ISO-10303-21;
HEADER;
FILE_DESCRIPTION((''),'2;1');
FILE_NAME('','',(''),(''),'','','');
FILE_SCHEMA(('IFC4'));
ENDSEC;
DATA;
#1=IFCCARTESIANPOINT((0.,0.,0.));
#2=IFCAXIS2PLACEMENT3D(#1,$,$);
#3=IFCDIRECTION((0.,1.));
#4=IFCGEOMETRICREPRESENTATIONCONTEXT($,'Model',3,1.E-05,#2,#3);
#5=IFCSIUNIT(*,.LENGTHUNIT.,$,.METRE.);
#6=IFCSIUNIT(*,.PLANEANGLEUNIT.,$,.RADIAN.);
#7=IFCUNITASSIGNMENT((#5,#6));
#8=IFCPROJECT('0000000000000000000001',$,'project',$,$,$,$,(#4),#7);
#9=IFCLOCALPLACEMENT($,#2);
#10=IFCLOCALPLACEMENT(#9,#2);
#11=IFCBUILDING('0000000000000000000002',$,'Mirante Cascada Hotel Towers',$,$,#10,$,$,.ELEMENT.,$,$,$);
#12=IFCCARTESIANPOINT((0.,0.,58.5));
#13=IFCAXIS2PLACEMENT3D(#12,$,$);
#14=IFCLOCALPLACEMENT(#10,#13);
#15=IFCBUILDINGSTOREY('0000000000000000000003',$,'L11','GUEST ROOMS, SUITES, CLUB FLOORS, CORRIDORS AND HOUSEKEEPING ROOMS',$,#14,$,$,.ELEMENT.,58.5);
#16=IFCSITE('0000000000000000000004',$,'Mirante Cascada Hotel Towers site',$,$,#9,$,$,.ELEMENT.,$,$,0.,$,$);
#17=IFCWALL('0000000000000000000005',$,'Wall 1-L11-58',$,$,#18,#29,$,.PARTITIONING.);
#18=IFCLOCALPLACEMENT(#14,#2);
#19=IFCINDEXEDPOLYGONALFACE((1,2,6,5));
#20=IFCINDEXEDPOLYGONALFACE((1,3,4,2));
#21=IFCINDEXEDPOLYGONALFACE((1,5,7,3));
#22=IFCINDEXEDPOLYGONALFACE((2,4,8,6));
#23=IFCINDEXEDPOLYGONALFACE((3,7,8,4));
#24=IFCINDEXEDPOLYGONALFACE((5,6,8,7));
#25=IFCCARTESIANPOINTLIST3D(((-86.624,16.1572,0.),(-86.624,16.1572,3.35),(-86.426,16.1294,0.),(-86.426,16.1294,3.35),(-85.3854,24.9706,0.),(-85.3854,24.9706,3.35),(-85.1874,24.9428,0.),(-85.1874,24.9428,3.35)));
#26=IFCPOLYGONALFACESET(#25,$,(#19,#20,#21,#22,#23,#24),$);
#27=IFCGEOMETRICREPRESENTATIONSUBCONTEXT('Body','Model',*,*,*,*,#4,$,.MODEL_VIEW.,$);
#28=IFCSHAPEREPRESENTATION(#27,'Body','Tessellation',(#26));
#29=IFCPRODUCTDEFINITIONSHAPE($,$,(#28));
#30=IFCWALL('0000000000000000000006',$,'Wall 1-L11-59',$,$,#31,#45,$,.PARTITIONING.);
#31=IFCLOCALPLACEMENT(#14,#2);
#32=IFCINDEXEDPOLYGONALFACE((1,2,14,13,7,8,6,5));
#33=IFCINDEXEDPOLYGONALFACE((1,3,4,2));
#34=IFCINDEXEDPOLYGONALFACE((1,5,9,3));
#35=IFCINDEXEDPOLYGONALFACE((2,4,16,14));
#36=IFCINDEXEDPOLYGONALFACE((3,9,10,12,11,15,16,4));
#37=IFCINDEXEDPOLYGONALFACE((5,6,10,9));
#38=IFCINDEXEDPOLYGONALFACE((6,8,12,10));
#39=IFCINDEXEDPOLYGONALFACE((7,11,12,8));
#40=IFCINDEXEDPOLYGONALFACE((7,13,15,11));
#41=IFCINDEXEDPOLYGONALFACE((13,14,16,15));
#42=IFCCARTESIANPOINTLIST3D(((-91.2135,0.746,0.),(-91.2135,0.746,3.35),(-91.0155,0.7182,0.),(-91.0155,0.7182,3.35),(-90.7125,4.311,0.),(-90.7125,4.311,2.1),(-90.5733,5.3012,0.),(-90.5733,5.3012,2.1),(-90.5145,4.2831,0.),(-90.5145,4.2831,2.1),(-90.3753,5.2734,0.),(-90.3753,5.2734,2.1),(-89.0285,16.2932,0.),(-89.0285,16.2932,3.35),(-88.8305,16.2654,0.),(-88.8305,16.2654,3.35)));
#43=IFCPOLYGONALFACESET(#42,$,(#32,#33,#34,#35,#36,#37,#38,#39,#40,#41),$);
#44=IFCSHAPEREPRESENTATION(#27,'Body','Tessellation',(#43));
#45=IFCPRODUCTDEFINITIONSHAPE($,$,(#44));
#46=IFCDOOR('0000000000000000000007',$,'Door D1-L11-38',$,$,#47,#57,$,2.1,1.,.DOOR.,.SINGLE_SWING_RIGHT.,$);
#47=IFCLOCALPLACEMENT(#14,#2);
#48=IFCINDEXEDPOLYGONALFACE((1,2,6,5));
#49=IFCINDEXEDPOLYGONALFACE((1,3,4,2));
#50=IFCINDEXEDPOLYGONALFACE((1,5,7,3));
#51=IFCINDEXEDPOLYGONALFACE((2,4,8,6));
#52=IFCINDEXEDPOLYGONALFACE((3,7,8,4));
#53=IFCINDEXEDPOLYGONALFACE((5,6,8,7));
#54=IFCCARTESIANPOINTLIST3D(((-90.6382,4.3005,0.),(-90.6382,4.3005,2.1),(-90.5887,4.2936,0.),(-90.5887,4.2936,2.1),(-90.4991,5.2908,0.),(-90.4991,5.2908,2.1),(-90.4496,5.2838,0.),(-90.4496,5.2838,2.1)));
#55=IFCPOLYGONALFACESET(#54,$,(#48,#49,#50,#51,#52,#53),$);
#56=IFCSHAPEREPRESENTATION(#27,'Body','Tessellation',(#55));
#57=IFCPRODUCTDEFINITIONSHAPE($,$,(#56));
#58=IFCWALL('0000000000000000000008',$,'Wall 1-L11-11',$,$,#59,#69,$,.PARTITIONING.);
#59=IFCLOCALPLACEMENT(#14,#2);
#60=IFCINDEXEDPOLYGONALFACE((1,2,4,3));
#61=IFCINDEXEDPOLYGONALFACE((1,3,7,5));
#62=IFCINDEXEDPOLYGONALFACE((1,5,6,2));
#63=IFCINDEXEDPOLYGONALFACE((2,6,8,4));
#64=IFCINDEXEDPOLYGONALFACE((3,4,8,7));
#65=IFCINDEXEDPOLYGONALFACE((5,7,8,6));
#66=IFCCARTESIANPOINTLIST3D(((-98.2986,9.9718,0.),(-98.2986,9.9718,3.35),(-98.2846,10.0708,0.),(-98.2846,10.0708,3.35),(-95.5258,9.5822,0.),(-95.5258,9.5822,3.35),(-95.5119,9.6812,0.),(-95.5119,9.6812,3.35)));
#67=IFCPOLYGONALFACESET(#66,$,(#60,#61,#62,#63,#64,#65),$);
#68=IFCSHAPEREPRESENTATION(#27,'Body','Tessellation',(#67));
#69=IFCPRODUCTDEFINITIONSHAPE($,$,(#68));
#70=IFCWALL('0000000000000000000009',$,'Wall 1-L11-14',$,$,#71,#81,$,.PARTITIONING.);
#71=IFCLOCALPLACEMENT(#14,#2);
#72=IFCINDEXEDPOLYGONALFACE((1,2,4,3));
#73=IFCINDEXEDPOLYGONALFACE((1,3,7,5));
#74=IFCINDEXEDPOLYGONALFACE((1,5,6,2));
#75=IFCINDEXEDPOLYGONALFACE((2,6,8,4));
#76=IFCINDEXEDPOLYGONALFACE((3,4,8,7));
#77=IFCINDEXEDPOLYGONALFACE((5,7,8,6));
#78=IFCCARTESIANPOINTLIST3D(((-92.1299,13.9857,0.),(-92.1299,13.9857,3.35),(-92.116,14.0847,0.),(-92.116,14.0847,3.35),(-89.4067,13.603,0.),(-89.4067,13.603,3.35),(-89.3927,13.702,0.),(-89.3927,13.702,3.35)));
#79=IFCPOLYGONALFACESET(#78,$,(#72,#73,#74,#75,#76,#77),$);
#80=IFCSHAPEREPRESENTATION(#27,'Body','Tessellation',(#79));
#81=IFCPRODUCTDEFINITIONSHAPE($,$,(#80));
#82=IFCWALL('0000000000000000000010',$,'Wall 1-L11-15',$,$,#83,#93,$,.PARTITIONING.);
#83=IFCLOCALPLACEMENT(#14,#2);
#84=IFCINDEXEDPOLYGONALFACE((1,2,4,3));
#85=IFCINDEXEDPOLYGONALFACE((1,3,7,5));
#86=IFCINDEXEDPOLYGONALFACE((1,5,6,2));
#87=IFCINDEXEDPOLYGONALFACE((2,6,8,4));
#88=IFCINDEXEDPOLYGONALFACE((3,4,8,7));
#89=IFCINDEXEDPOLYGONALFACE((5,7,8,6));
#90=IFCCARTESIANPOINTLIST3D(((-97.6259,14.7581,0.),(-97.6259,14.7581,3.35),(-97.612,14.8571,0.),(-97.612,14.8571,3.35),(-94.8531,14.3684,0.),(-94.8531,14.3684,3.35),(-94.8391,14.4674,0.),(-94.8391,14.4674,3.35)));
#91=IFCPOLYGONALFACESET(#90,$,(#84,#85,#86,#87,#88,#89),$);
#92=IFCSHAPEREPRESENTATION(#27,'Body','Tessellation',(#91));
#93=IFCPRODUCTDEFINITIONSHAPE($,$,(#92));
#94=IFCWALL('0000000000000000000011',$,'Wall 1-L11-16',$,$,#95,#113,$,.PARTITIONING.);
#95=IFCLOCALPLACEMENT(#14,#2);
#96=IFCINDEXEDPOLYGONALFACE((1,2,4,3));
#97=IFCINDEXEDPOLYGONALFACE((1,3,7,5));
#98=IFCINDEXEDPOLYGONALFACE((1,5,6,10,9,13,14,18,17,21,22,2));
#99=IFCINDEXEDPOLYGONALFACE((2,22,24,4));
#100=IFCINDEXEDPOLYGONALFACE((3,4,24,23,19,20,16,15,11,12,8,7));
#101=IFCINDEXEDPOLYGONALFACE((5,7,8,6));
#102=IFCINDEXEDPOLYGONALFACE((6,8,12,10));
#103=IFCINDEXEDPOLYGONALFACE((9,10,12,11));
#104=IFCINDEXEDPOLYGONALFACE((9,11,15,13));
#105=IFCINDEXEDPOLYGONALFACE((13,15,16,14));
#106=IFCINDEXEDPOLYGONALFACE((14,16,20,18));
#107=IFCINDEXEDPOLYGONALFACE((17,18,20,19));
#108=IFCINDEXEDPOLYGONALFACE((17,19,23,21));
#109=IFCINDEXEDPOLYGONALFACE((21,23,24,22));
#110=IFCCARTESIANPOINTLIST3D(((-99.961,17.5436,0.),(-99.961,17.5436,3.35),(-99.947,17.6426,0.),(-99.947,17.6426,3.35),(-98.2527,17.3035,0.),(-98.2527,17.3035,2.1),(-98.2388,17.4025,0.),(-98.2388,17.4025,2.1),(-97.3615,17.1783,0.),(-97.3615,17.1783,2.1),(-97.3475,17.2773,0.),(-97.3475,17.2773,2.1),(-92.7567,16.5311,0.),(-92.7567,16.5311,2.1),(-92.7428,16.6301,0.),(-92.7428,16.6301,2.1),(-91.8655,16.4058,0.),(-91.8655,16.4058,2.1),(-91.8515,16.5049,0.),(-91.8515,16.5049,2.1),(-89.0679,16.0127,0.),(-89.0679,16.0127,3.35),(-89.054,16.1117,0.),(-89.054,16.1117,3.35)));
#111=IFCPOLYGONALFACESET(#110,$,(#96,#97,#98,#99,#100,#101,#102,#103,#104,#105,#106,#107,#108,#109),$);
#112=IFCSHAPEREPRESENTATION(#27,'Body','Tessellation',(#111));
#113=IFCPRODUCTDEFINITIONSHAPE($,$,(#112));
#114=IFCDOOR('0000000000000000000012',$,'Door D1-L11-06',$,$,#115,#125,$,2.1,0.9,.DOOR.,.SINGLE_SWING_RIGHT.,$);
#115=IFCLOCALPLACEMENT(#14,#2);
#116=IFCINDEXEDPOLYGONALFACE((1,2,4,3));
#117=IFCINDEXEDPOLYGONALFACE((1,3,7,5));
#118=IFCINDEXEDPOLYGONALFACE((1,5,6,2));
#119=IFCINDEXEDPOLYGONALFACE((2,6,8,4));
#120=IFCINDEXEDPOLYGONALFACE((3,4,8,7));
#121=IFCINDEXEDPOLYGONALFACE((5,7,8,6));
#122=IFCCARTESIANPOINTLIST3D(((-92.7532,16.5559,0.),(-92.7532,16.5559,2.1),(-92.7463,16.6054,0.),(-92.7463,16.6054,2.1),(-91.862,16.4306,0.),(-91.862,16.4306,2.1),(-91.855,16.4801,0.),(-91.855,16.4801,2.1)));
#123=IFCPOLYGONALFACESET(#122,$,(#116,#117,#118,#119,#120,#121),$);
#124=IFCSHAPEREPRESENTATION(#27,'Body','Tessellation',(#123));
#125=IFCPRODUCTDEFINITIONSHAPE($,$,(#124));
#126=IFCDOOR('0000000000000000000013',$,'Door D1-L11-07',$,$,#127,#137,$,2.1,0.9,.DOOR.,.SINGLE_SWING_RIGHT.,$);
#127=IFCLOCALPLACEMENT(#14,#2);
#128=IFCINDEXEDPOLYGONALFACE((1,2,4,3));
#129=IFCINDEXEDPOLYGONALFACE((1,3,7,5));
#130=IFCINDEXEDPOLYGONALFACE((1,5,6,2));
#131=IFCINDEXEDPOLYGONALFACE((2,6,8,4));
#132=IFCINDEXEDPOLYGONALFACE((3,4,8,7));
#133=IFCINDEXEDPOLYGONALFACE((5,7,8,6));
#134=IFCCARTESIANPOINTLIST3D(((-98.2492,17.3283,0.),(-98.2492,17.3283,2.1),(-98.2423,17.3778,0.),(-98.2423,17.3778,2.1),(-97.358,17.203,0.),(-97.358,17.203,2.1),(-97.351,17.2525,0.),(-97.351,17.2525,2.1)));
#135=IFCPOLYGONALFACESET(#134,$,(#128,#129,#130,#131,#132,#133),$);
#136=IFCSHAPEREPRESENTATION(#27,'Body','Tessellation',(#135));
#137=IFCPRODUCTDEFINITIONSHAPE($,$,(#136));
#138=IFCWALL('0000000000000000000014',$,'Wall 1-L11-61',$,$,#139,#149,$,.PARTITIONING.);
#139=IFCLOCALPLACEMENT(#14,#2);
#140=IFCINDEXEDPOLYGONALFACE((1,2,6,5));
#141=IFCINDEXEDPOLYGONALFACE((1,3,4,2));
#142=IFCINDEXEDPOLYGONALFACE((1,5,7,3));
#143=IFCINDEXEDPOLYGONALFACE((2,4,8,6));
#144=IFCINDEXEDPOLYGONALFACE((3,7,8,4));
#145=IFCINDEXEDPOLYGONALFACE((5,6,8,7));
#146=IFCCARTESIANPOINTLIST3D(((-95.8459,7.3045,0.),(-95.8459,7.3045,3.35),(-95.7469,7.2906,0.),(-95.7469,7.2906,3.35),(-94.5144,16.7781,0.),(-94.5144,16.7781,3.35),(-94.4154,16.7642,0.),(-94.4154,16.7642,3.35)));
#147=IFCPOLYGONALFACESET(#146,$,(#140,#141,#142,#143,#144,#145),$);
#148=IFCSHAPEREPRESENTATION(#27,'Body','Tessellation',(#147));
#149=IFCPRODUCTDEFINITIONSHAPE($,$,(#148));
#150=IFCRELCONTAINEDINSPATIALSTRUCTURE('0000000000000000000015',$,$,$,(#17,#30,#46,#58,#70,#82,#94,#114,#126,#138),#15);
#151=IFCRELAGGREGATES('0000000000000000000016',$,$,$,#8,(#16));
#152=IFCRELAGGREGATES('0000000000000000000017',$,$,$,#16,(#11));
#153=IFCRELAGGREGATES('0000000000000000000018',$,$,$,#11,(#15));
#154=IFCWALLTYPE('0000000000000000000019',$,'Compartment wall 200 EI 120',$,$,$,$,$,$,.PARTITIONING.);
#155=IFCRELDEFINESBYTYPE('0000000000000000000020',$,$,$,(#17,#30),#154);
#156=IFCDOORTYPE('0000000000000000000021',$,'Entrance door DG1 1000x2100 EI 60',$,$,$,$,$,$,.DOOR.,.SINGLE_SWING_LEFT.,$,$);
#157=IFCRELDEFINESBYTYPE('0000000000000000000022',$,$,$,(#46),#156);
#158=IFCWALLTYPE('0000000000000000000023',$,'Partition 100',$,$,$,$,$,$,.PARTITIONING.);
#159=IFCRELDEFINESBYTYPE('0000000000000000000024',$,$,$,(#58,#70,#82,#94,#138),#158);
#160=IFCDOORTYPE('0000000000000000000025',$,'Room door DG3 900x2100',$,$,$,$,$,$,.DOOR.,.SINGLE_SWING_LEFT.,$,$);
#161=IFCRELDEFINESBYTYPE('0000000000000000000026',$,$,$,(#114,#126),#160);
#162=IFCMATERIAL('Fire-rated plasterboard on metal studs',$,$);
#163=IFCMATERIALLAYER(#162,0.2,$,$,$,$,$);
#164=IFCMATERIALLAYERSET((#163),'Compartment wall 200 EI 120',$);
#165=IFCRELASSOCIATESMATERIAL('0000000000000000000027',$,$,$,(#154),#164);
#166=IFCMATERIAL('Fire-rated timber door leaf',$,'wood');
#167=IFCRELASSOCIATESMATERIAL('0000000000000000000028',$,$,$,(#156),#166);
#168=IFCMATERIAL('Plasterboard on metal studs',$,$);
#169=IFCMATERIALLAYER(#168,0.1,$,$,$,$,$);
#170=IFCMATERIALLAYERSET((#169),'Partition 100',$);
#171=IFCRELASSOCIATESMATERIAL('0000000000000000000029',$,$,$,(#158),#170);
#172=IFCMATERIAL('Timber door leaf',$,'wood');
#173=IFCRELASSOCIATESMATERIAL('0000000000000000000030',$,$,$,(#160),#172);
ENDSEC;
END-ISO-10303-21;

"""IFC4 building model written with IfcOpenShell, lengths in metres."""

from ifc_helpers import new_model, si_unit, direction, frame, frame_2d, origin, place, context, subcontext, project, spatial, rectangle, extrude, material, layer, layer_set, type_object, element, fill, save


model = new_model("IFC4")

# Units and contexts
model_context = context("Model", 3, precision=1e-05, world=origin(), true_north=direction((0.0, 1.0)))
body_context = subcontext(model_context, "Body", "Model", "MODEL_VIEW")
ifc_project = project(units=[si_unit("LENGTHUNIT", "METRE"), si_unit("PLANEANGLEUNIT", "RADIAN")], contexts=[model_context])

# Site, building, storey
site_placement = place(None, origin())
site = spatial("IfcSite", under=ifc_project, at=site_placement, Name="Mirante Cascada Hotel Towers site", CompositionType="ELEMENT", RefElevation=0.0)
building_placement = place(site_placement, origin())
building = spatial("IfcBuilding", under=site, at=building_placement, Name="Mirante Cascada Hotel Towers", CompositionType="ELEMENT")
storey_placement = place(building_placement, frame((0.0, 0.0, 58.5)))
storey = spatial("IfcBuildingStorey", under=building, at=storey_placement, Name="L11", Description="GUEST ROOMS, SUITES, CLUB FLOORS, CORRIDORS AND HOUSEKEEPING ROOMS", CompositionType="ELEMENT", Elevation=58.5)

# Shared definitions
ifc_material_1 = material(Name="Fire-rated plasterboard on metal studs")
ifc_layer_1 = layer(ifc_material_1, 0.2)
ifc_layer_set_1 = layer_set([ifc_layer_1], Name="Compartment wall 200 EI 120")
wall_type_1 = type_object("IfcWallType", Name="Compartment wall 200 EI 120", PredefinedType="PARTITIONING", material=ifc_layer_set_1)

# Shared definitions
ifc_material_2 = material(Name="Fire-rated timber door leaf", Category="wood")
door_type_1 = type_object("IfcDoorType", Name="Entrance door DG1 1000x2100 EI 60", OperationType="SINGLE_SWING_LEFT", PredefinedType="DOOR", material=ifc_material_2)

# Wall
wall_1_placement = place(storey_placement, frame((-86.525, 16.1433, 0.0), z_axis=(0.0, 0.0, 1.0), x_axis=(0.139168, 0.990269, 0.0)))
element("IfcWall", 1, at=wall_1_placement, inside=storey, type_object=wall_type_1, Name="Wall 1-L11-58", PredefinedType="PARTITIONING", context=body_context, shape_type="SweptSolid", body=[
    extrude(rectangle(XDim=8.9, YDim=0.2, at=frame_2d((4.45, 0.0))), origin(), (0.0, 0.0, 1.0), 3.35),
])

# Wall, opening, door
wall_2_placement = place(storey_placement, frame((-88.9295, 16.2793, 0.0), z_axis=(0.0, 0.0, 1.0), x_axis=(-0.139172, -0.990268, 0.0)))
wall_2 = element("IfcWall", 2, at=wall_2_placement, inside=storey, type_object=wall_type_1, Name="Wall 1-L11-59", PredefinedType="PARTITIONING", context=body_context, shape_type="SweptSolid", body=[
    extrude(rectangle(XDim=15.7, YDim=0.2, at=frame_2d((7.85, 0.0))), origin(), (0.0, 0.0, 1.0), 3.35),
])
opening_1_placement = place(wall_2_placement, frame((11.1, 0.0, 0.0)))
opening_1 = element("IfcOpeningElement", 3, at=opening_1_placement, cuts=wall_2, PredefinedType="OPENING", context=body_context, shape_type="SweptSolid", body=[
    extrude(rectangle(XDim=1.0, YDim=2.1, at=frame_2d((0.5, 1.05))), frame((0.0, 0.1, 0.0), z_axis=(0.0, -1.0, 0.0), x_axis=(1.0, 0.0, 0.0)), (0.0, 0.0, 1.0), 0.2),
])
door_1_placement = place(opening_1_placement, frame((1.0, 0.0, 0.0), z_axis=(0.0, 0.0, 1.0), x_axis=(-1.0, 0.0, 0.0)))
door_1 = element("IfcDoor", 4, at=door_1_placement, inside=storey, type_object=door_type_1, Name="Door D1-L11-38", OperationType="SINGLE_SWING_RIGHT", OverallHeight=2.1, OverallWidth=1.0, PredefinedType="DOOR", context=body_context, shape_type="SweptSolid", body=[
    extrude(rectangle(XDim=1.0, YDim=2.1, at=frame_2d((0.5, 1.05))), frame((0.0, 0.025, 0.0), z_axis=(0.0, -1.0, 0.0), x_axis=(1.0, 0.0, 0.0)), (0.0, 0.0, 1.0), 0.05),
])
fill(opening_1, door_1)

# Walls
ifc_material_3 = material(Name="Plasterboard on metal studs")
ifc_layer_2 = layer(ifc_material_3, 0.1)
ifc_layer_set_2 = layer_set([ifc_layer_2], Name="Partition 100")
wall_type_2 = type_object("IfcWallType", Name="Partition 100", PredefinedType="PARTITIONING", material=ifc_layer_set_2)
wall_3_placement = place(storey_placement, frame((-98.2916, 10.0213, 0.0), z_axis=(0.0, 0.0, 1.0), x_axis=(0.990273, -0.139141, 0.0)))
element("IfcWall", 5, at=wall_3_placement, inside=storey, type_object=wall_type_2, Name="Wall 1-L11-11", PredefinedType="PARTITIONING", context=body_context, shape_type="SweptSolid", body=[
    extrude(rectangle(XDim=2.8, YDim=0.1, at=frame_2d((1.4, 0.0))), origin(), (0.0, 0.0, 1.0), 3.35),
])
wall_4_placement = place(storey_placement, frame((-89.3997, 13.6525, 0.0), z_axis=(0.0, 0.0, 1.0), x_axis=(-0.990269, 0.139166, 0.0)))
element("IfcWall", 6, at=wall_4_placement, inside=storey, type_object=wall_type_2, Name="Wall 1-L11-14", PredefinedType="PARTITIONING", context=body_context, shape_type="SweptSolid", body=[
    extrude(rectangle(XDim=2.75, YDim=0.1, at=frame_2d((1.375, 0.0))), origin(), (0.0, 0.0, 1.0), 3.35),
])
wall_5_placement = place(storey_placement, frame((-97.6189, 14.8076, 0.0), z_axis=(0.0, 0.0, 1.0), x_axis=(0.990268, -0.139176, 0.0)))
element("IfcWall", 7, at=wall_5_placement, inside=storey, type_object=wall_type_2, Name="Wall 1-L11-15", PredefinedType="PARTITIONING", context=body_context, shape_type="SweptSolid", body=[
    extrude(rectangle(XDim=2.8001, YDim=0.1, at=frame_2d((1.4, 0.0))), origin(), (0.0, 0.0, 1.0), 3.35),
])

# Wall, openings, doors
wall_6_placement = place(storey_placement, frame((-89.061, 16.0622, 0.0), z_axis=(0.0, 0.0, 1.0), x_axis=(-0.990268, 0.139172, 0.0)))
wall_6 = element("IfcWall", 8, at=wall_6_placement, inside=storey, type_object=wall_type_2, Name="Wall 1-L11-16", PredefinedType="PARTITIONING", context=body_context, shape_type="SweptSolid", body=[
    extrude(rectangle(XDim=11.0001, YDim=0.1, at=frame_2d((5.5, 0.0))), origin(), (0.0, 0.0, 1.0), 3.35),
])
opening_2_placement = place(wall_6_placement, frame((2.825, 0.0, 0.0)))
opening_2 = element("IfcOpeningElement", 9, at=opening_2_placement, cuts=wall_6, PredefinedType="OPENING", context=body_context, shape_type="SweptSolid", body=[
    extrude(rectangle(XDim=0.9, YDim=2.1, at=frame_2d((0.45, 1.05))), frame((0.0, 0.05, 0.0), z_axis=(0.0, -1.0, 0.0), x_axis=(1.0, 0.0, 0.0)), (0.0, 0.0, 1.0), 0.1),
])
opening_3_placement = place(wall_6_placement, frame((8.375, 0.0, 0.0)))
opening_3 = element("IfcOpeningElement", 10, at=opening_3_placement, cuts=wall_6, PredefinedType="OPENING", context=body_context, shape_type="SweptSolid", body=[
    extrude(rectangle(XDim=0.9, YDim=2.1, at=frame_2d((0.45, 1.05))), frame((0.0, 0.05, 0.0), z_axis=(0.0, -1.0, 0.0), x_axis=(1.0, 0.0, 0.0)), (0.0, 0.0, 1.0), 0.1),
])
ifc_material_4 = material(Name="Timber door leaf", Category="wood")
door_type_2 = type_object("IfcDoorType", Name="Room door DG3 900x2100", OperationType="SINGLE_SWING_LEFT", PredefinedType="DOOR", material=ifc_material_4)
door_2_placement = place(opening_2_placement, frame((0.9, 0.0, 0.0), z_axis=(0.0, 0.0, 1.0), x_axis=(-1.0, 0.0, 0.0)))
door_2 = element("IfcDoor", 11, at=door_2_placement, inside=storey, type_object=door_type_2, Name="Door D1-L11-06", OperationType="SINGLE_SWING_RIGHT", OverallHeight=2.1, OverallWidth=0.9, PredefinedType="DOOR", context=body_context, shape_type="SweptSolid", body=[
    extrude(rectangle(XDim=0.9, YDim=2.1, at=frame_2d((0.45, 1.05))), frame((0.0, 0.025, 0.0), z_axis=(0.0, -1.0, 0.0), x_axis=(1.0, 0.0, 0.0)), (0.0, 0.0, 1.0), 0.05),
])
fill(opening_2, door_2)
door_3_placement = place(opening_3_placement, frame((0.9, 0.0, 0.0), z_axis=(0.0, 0.0, 1.0), x_axis=(-1.0, 0.0, 0.0)))
door_3 = element("IfcDoor", 12, at=door_3_placement, inside=storey, type_object=door_type_2, Name="Door D1-L11-07", OperationType="SINGLE_SWING_RIGHT", OverallHeight=2.1, OverallWidth=0.9, PredefinedType="DOOR", context=body_context, shape_type="SweptSolid", body=[
    extrude(rectangle(XDim=0.9, YDim=2.1, at=frame_2d((0.45, 1.05))), frame((0.0, 0.025, 0.0), z_axis=(0.0, -1.0, 0.0), x_axis=(1.0, 0.0, 0.0)), (0.0, 0.0, 1.0), 0.05),
])
fill(opening_3, door_3)

# Wall
wall_7_placement = place(storey_placement, frame((-94.4649, 16.7712, 0.0), z_axis=(0.0, 0.0, 1.0), x_axis=(-0.139181, -0.990267, 0.0)))
element("IfcWall", 13, at=wall_7_placement, inside=storey, type_object=wall_type_2, Name="Wall 1-L11-61", PredefinedType="PARTITIONING", context=body_context, shape_type="SweptSolid", body=[
    extrude(rectangle(XDim=9.5667, YDim=0.1, at=frame_2d((4.7834, 0.0))), origin(), (0.0, 0.0, 1.0), 3.35),
])

save(model, "model.ifc")
